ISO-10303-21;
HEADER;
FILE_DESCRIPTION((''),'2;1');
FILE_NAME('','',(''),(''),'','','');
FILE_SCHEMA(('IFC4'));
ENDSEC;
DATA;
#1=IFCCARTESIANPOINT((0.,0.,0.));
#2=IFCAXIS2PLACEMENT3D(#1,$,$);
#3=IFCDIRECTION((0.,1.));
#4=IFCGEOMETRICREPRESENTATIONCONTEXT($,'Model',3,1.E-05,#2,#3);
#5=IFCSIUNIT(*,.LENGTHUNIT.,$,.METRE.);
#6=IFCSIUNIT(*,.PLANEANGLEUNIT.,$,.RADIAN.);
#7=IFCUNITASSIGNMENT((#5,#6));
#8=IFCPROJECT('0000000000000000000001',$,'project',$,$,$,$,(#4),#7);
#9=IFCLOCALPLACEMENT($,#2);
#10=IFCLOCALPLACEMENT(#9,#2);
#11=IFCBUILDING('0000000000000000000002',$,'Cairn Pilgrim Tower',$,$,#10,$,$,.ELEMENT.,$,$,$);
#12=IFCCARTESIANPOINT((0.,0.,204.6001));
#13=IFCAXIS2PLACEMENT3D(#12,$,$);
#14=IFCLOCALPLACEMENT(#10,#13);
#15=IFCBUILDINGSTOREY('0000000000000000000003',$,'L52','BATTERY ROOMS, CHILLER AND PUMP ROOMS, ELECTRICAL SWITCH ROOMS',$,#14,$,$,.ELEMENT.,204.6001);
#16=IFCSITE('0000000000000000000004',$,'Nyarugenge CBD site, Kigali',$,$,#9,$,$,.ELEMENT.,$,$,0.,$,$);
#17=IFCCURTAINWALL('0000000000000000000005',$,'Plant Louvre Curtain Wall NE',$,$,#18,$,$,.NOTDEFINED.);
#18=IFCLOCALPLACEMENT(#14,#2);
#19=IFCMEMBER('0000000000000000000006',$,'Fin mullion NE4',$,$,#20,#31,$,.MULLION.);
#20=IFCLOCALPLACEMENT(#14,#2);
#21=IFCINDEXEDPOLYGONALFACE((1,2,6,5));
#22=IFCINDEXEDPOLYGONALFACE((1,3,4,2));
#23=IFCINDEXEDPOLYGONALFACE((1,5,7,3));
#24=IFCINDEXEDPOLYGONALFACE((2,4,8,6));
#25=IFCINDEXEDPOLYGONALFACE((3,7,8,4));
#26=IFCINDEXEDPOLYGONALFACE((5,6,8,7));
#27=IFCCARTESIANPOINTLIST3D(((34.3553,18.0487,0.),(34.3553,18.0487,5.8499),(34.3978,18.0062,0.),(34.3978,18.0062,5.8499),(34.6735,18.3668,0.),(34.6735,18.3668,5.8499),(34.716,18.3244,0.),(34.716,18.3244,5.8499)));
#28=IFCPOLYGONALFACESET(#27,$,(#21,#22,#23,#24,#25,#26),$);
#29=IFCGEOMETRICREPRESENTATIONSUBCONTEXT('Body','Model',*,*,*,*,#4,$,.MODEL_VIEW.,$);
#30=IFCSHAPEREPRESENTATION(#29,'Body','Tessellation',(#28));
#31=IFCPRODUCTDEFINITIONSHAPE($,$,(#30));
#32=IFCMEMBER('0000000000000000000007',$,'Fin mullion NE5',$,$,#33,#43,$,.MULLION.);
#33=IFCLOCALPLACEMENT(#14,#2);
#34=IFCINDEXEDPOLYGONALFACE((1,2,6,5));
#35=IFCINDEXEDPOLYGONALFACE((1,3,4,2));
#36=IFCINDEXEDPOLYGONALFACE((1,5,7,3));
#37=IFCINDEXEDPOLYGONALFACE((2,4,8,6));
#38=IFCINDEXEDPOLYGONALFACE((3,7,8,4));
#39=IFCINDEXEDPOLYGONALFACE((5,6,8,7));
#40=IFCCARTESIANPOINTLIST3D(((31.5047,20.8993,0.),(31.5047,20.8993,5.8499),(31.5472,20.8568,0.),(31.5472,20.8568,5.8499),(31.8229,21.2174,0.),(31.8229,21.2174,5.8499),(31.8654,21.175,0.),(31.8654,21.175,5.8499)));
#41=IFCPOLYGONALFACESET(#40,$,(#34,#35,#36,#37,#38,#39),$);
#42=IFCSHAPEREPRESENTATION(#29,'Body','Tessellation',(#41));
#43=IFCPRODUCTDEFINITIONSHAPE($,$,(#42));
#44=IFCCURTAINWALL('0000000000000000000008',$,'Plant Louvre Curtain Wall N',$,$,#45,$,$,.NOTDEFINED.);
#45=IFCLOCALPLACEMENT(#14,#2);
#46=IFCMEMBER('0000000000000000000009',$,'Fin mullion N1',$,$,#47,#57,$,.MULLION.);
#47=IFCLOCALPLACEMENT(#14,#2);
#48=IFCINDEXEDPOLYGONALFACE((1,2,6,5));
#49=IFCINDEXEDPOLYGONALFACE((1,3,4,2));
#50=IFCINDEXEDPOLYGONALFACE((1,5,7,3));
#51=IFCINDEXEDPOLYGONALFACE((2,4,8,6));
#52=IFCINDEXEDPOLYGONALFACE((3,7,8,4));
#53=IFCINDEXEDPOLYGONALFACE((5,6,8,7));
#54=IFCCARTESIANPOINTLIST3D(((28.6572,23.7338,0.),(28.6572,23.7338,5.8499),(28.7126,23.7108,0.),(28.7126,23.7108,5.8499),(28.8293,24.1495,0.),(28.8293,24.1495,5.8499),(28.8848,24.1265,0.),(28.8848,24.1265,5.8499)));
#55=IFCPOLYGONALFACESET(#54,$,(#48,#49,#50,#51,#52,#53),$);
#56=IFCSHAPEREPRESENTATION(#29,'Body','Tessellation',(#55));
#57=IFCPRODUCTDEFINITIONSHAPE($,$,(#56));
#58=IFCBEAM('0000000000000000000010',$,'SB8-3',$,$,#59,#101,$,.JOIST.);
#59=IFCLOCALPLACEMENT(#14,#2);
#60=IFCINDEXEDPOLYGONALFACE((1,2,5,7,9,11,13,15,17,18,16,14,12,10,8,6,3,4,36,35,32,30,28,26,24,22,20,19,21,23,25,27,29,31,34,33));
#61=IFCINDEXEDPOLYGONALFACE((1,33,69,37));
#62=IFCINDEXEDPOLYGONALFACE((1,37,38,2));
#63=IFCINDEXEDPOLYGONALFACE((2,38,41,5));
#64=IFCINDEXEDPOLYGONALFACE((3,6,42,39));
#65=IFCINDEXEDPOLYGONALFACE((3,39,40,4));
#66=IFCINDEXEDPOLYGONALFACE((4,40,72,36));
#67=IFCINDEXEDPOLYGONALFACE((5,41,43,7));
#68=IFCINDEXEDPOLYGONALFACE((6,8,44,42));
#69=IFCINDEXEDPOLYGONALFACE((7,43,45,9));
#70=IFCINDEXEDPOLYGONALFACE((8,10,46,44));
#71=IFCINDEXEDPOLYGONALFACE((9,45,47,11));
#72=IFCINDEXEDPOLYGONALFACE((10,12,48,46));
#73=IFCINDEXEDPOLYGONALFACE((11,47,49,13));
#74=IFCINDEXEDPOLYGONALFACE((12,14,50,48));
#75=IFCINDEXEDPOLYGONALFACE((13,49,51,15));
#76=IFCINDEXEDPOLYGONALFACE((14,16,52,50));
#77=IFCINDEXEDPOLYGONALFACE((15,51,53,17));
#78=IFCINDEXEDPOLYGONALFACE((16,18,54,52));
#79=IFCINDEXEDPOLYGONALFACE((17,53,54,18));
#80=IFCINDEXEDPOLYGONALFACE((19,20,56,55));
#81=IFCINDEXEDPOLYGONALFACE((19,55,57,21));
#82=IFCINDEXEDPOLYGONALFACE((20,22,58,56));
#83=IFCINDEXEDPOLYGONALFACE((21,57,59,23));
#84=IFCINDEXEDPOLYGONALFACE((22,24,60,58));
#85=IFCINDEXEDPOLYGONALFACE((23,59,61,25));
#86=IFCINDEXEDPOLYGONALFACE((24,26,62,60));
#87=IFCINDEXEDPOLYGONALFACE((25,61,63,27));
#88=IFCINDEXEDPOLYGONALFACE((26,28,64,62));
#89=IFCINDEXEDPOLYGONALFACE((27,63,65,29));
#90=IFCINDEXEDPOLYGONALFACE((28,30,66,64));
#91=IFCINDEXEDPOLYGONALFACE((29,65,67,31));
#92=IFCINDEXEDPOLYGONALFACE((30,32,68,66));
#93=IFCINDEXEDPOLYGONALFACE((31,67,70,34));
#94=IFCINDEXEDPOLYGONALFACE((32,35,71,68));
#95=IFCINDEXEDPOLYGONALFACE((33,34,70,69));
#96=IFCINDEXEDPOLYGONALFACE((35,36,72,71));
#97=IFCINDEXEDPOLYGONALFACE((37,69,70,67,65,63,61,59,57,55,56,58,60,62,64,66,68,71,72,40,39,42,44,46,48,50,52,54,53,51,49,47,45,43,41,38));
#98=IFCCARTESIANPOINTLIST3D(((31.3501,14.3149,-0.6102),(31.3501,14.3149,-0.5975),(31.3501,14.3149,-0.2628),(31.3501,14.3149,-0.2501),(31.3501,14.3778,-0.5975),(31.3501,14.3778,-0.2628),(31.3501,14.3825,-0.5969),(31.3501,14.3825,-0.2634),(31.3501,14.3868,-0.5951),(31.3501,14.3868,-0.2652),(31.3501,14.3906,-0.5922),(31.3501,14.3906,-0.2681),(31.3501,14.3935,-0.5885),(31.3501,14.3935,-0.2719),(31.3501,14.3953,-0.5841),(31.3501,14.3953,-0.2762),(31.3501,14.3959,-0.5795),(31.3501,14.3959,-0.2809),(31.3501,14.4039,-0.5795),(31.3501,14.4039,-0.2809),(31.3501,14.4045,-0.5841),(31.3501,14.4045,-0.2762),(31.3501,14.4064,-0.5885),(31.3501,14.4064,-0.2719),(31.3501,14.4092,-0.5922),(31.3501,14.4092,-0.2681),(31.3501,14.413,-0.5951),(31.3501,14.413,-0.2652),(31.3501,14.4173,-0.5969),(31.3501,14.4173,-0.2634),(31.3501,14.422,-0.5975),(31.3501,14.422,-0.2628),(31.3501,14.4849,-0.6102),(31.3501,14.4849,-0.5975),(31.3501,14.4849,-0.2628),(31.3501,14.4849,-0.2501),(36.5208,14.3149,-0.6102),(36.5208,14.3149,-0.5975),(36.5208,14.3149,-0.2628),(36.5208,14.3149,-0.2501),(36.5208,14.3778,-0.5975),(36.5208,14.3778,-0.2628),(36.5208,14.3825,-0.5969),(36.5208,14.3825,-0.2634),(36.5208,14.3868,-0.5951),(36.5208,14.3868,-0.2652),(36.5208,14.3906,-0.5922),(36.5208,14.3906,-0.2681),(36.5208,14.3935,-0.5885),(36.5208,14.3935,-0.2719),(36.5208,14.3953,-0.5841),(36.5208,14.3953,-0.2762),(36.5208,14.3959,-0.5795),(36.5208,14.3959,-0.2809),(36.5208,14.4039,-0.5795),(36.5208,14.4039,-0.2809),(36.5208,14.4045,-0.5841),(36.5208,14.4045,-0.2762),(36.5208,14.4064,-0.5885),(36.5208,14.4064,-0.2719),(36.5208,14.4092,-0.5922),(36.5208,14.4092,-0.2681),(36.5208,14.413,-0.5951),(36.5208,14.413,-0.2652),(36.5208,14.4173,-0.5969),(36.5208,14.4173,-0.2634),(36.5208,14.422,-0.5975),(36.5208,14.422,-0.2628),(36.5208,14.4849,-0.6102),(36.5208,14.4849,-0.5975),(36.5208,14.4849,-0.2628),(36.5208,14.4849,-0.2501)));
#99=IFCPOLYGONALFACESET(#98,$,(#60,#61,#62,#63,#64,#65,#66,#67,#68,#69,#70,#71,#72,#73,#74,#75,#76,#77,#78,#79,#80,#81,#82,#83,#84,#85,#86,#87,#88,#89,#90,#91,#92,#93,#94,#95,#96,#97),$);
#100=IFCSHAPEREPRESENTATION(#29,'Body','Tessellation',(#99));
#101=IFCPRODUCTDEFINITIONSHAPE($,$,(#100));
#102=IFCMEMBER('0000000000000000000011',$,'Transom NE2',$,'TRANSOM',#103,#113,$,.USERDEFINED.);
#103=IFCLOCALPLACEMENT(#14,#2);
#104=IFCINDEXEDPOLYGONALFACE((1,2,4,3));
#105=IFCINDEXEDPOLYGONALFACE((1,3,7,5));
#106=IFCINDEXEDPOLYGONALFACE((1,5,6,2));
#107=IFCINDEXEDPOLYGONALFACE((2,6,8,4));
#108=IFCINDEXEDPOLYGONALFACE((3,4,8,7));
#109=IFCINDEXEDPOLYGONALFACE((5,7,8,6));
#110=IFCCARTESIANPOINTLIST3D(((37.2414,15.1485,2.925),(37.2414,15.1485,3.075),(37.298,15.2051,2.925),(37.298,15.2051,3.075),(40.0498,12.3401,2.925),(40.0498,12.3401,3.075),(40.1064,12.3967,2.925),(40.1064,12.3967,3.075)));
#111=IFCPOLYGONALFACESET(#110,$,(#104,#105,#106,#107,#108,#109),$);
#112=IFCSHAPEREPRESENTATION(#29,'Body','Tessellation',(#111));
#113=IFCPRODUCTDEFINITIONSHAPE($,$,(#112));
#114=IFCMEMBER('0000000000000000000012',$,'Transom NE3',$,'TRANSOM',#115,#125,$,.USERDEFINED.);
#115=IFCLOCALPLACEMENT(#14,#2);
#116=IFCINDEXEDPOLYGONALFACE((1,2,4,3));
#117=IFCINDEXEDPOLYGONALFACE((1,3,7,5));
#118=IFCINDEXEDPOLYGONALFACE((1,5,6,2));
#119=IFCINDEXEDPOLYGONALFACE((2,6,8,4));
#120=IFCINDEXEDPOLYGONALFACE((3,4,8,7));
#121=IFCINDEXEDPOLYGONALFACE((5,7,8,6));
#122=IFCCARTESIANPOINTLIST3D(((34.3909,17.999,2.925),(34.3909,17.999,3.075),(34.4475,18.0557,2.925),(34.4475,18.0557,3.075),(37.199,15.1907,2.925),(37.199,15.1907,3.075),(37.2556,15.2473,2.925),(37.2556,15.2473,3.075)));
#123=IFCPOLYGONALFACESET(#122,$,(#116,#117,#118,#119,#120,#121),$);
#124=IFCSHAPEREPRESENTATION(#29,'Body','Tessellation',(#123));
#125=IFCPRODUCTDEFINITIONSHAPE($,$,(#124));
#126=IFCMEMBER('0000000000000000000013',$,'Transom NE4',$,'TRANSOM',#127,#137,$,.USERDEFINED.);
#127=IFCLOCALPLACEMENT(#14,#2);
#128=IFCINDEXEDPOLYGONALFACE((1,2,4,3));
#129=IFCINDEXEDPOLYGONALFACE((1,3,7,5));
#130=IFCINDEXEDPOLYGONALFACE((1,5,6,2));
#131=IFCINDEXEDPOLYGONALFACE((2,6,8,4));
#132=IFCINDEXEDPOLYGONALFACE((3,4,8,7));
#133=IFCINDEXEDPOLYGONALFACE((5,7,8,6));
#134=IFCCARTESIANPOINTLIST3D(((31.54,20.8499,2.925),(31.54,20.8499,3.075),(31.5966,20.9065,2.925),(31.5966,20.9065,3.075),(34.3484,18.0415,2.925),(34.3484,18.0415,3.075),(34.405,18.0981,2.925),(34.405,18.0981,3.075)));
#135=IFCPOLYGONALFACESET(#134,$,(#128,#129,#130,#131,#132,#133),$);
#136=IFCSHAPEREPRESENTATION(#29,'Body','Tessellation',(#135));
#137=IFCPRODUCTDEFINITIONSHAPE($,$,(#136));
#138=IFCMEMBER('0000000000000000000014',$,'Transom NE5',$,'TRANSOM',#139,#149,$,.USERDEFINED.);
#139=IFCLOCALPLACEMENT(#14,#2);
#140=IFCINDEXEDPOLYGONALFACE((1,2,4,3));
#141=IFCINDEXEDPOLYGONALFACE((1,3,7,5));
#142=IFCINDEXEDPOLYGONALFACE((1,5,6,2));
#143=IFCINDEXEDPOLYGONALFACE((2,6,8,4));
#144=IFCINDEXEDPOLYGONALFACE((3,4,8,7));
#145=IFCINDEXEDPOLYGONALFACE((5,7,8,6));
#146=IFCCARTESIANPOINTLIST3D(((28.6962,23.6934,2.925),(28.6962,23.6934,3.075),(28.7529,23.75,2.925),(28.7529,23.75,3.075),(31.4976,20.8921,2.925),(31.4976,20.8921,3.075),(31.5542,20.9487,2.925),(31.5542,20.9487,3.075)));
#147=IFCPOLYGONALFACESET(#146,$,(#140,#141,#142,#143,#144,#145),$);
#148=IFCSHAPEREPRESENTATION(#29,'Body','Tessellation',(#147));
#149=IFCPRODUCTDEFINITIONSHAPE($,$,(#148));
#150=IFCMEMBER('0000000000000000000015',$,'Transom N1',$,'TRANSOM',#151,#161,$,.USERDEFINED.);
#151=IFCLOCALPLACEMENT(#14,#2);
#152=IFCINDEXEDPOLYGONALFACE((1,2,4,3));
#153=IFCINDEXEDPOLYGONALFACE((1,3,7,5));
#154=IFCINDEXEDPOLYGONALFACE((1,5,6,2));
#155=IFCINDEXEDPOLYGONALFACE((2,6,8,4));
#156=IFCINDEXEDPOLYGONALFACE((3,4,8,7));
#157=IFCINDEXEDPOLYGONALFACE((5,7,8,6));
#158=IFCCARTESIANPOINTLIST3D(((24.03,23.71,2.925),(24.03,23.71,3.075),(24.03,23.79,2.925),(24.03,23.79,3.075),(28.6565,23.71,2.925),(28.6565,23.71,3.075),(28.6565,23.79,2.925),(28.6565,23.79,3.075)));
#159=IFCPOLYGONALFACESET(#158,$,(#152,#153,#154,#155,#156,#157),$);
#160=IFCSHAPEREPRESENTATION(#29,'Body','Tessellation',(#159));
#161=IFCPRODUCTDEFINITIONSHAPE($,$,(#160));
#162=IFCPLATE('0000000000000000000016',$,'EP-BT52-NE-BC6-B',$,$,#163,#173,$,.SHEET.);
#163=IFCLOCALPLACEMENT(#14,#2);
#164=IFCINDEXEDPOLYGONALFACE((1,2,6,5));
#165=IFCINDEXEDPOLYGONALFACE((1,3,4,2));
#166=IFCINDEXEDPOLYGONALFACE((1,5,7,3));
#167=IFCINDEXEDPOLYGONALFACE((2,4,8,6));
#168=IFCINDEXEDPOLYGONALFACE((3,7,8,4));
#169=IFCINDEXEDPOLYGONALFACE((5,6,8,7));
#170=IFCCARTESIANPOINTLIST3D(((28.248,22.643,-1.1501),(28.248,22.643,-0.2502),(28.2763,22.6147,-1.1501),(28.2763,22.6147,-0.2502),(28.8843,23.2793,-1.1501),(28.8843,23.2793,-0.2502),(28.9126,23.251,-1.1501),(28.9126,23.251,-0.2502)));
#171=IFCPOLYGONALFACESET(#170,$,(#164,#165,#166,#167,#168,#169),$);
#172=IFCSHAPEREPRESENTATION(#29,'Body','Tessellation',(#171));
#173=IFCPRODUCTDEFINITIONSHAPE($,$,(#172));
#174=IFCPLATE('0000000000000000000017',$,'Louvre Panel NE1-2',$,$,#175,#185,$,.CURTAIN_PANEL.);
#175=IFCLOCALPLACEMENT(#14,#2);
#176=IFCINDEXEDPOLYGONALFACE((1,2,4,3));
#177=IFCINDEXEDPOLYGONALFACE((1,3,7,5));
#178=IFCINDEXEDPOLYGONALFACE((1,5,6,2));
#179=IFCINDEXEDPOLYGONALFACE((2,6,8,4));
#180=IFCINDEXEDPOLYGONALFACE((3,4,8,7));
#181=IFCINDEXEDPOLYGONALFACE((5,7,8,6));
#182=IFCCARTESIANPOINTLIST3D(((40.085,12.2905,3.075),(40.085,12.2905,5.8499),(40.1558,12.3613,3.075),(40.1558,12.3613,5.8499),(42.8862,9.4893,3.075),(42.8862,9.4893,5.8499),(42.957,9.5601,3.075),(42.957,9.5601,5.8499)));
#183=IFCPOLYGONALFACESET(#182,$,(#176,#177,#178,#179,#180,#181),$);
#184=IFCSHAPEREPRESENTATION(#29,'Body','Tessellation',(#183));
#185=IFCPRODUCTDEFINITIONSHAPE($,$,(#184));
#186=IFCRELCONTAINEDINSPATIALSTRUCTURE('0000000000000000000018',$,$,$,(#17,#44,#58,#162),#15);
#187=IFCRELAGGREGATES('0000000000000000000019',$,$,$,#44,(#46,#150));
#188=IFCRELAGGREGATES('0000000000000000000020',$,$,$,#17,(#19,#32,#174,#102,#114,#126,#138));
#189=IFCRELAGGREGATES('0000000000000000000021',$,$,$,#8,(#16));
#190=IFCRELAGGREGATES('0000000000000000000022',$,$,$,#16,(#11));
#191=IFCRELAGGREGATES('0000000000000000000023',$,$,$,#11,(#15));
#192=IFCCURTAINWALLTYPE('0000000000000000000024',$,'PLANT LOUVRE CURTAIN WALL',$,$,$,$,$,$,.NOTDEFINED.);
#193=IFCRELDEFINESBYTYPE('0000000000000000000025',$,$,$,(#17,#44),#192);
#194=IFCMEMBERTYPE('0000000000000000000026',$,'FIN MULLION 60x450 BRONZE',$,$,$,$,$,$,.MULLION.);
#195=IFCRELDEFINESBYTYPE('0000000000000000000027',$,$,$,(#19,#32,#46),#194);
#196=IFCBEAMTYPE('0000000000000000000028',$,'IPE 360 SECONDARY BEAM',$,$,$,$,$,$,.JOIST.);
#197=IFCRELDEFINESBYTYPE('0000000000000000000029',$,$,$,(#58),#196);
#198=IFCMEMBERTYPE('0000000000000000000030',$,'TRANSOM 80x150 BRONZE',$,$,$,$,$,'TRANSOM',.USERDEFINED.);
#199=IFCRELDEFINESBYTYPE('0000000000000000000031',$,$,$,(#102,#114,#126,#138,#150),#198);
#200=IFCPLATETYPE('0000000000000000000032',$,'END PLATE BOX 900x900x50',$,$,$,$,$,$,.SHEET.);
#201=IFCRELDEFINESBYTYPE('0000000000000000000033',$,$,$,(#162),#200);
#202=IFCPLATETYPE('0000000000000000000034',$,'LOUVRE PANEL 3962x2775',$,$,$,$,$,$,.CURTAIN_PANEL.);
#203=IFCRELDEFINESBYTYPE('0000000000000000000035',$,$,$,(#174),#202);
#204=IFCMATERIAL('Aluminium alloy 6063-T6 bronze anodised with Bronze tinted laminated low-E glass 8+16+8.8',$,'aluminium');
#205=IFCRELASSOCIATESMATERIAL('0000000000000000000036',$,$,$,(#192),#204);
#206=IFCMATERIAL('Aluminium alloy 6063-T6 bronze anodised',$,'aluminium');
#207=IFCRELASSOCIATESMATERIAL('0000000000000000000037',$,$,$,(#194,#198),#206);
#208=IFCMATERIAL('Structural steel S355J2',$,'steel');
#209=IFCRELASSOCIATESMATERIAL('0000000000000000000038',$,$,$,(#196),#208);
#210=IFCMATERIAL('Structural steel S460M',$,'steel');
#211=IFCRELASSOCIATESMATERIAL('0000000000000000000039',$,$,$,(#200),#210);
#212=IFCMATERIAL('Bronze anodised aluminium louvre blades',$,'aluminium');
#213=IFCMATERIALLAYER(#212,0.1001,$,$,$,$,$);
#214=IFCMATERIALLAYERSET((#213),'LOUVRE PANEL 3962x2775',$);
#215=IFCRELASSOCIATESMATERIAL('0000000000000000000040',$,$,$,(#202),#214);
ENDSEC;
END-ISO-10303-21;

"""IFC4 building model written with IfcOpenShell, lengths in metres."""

from ifc_helpers import new_model, si_unit, direction, frame, origin, origin_2d, place, context, subcontext, project, spatial, rectangle, i_section, extrude, material, layer, layer_set, material_profile, profile_set, type_object, element, aggregate, save


model = new_model("IFC4")

# Units and contexts
model_context = context("Model", 3, precision=1e-05, world=origin(), true_north=direction((0.0, 1.0)))
body_context = subcontext(model_context, "Body", "Model", "MODEL_VIEW")
ifc_project = project(units=[si_unit("LENGTHUNIT", "METRE"), si_unit("PLANEANGLEUNIT", "RADIAN")], contexts=[model_context])

# Site, building, storey
site_placement = place(None, origin())
site = spatial("IfcSite", under=ifc_project, at=site_placement, Name="Nyarugenge CBD site, Kigali", CompositionType="ELEMENT", RefElevation=0.0)
building_placement = place(site_placement, origin())
building = spatial("IfcBuilding", under=site, at=building_placement, Name="Cairn Pilgrim Tower", CompositionType="ELEMENT")
storey_placement = place(building_placement, frame((0.0, 0.0, 204.6001)))
storey = spatial("IfcBuildingStorey", under=building, at=storey_placement, Name="L52", Description="BATTERY ROOMS, CHILLER AND PUMP ROOMS, ELECTRICAL SWITCH ROOMS", CompositionType="ELEMENT", Elevation=204.6001)

# Shared definitions
ifc_material_1 = material(Name="Structural steel S460M", Category="steel")

# Curtain wall, members
ifc_material_2 = material(Name="Aluminium alloy 6063-T6 bronze anodised with Bronze tinted laminated low-E glass 8+16+8.8", Category="aluminium")
curtain_wall_type = type_object("IfcCurtainWallType", Name="PLANT LOUVRE CURTAIN WALL", PredefinedType="NOTDEFINED", material=ifc_material_2)
curtain_wall_1_placement = place(storey_placement, origin())
curtain_wall_1 = element("IfcCurtainWall", 1, at=curtain_wall_1_placement, inside=storey, type_object=curtain_wall_type, Name="Plant Louvre Curtain Wall NE", PredefinedType="NOTDEFINED")
ifc_material_3 = material(Name="Aluminium alloy 6063-T6 bronze anodised", Category="aluminium")
ifc_material_profile_1 = material_profile(ifc_material_3, rectangle(XDim=0.45, YDim=0.0601, at=origin_2d()), Name="FIN MULLION 60x450 BRONZE")
ifc_profile_set_1 = profile_set([ifc_material_profile_1], Name="Aluminium alloy 6063-T6 bronze anodised")
member_type_1 = type_object("IfcMemberType", Name="FIN MULLION 60x450 BRONZE", PredefinedType="MULLION", material=ifc_profile_set_1)
member_1_placement = place(storey_placement, frame((34.5356, 18.1865, 0.0), z_axis=(0.0, 0.0, 1.0), x_axis=(0.707107, 0.707107, 0.0)))
member_1 = element("IfcMember", 2, at=member_1_placement, type_object=member_type_1, Name="Fin mullion NE4", PredefinedType="MULLION", context=body_context, shape_type="SweptSolid", body=[
    extrude(rectangle(XDim=0.45, YDim=0.0601, at=origin_2d()), origin(), (0.0, 0.0, 1.0), 5.8499),
])
member_2_placement = place(storey_placement, frame((31.6851, 21.0371, 0.0), z_axis=(0.0, 0.0, 1.0), x_axis=(0.707107, 0.707107, 0.0)))
member_2 = element("IfcMember", 3, at=member_2_placement, type_object=member_type_1, Name="Fin mullion NE5", PredefinedType="MULLION", context=body_context, shape_type="SweptSolid", body=[
    extrude(rectangle(XDim=0.45, YDim=0.0601, at=origin_2d()), origin(), (0.0, 0.0, 1.0), 5.8499),
])

# Curtain wall, member
curtain_wall_2_placement = place(storey_placement, origin())
curtain_wall_2 = element("IfcCurtainWall", 4, at=curtain_wall_2_placement, inside=storey, type_object=curtain_wall_type, Name="Plant Louvre Curtain Wall N", PredefinedType="NOTDEFINED")
member_3_placement = place(storey_placement, frame((28.771, 23.9302, 0.0), z_axis=(0.0, 0.0, 1.0), x_axis=(0.382683, 0.92388, 0.0)))
member_3 = element("IfcMember", 5, at=member_3_placement, type_object=member_type_1, Name="Fin mullion N1", PredefinedType="MULLION", context=body_context, shape_type="SweptSolid", body=[
    extrude(rectangle(XDim=0.45, YDim=0.0601, at=origin_2d()), origin(), (0.0, 0.0, 1.0), 5.8499),
])

# Beam
ifc_material_4 = material(Name="Structural steel S355J2", Category="steel")
ifc_material_profile_2 = material_profile(ifc_material_4, i_section(OverallWidth=0.1699, OverallDepth=0.3601, WebThickness=0.0081, FlangeThickness=0.0127, FilletRadius=0.0181, at=origin_2d()), Name="IPE 360")
ifc_profile_set_2 = profile_set([ifc_material_profile_2], Name="Structural steel S355J2")
beam_type_1 = type_object("IfcBeamType", Name="IPE 360 SECONDARY BEAM", PredefinedType="JOIST", material=ifc_profile_set_2)
beam_1_placement = place(storey_placement, frame((31.3501, 14.3999, -0.4302), z_axis=(1.0, 0.0, 0.0), x_axis=(0.0, 1.0, 0.0)))
element("IfcBeam", 6, at=beam_1_placement, inside=storey, type_object=beam_type_1, Name="SB8-3", PredefinedType="JOIST", context=body_context, shape_type="SweptSolid", body=[
    extrude(i_section(OverallWidth=0.1699, OverallDepth=0.3601, WebThickness=0.0081, FlangeThickness=0.0127, FilletRadius=0.0181, at=origin_2d()), origin(), (0.0, 0.0, 1.0), 5.1707),
])

# Members
ifc_material_profile_3 = material_profile(ifc_material_3, rectangle(XDim=0.0801, YDim=0.1499, at=origin_2d()), Name="TRANSOM 80x150 BRONZE")
ifc_profile_set_3 = profile_set([ifc_material_profile_3], Name="Aluminium alloy 6063-T6 bronze anodised")
member_type_2 = type_object("IfcMemberType", Name="TRANSOM 80x150 BRONZE", ElementType="TRANSOM", PredefinedType="USERDEFINED", material=ifc_profile_set_3)
member_4_placement = place(storey_placement, frame((40.0781, 12.3684, 3.0), z_axis=(-0.707107, 0.707107, 0.0), x_axis=(-0.707107, -0.707107, 0.0)))
member_4 = element("IfcMember", 7, at=member_4_placement, type_object=member_type_2, Name="Transom NE2", ObjectType="TRANSOM", PredefinedType="USERDEFINED", context=body_context, shape_type="SweptSolid", body=[
    extrude(rectangle(XDim=0.0801, YDim=0.1499, at=origin_2d()), origin(), (0.0, 0.0, 1.0), 3.9717),
])
member_5_placement = place(storey_placement, frame((37.2273, 15.219, 3.0), z_axis=(-0.707076, 0.707138, 0.0), x_axis=(-0.707138, -0.707076, 0.0)))
member_5 = element("IfcMember", 8, at=member_5_placement, type_object=member_type_2, Name="Transom NE3", ObjectType="TRANSOM", PredefinedType="USERDEFINED", context=body_context, shape_type="SweptSolid", body=[
    extrude(rectangle(XDim=0.0801, YDim=0.1499, at=origin_2d()), origin(), (0.0, 0.0, 1.0), 3.9714),
])
member_6_placement = place(storey_placement, frame((34.3767, 18.0698, 3.0), z_axis=(-0.707107, 0.707107, 0.0), x_axis=(-0.707107, -0.707107, 0.0)))
member_6 = element("IfcMember", 9, at=member_6_placement, type_object=member_type_2, Name="Transom NE4", ObjectType="TRANSOM", PredefinedType="USERDEFINED", context=body_context, shape_type="SweptSolid", body=[
    extrude(rectangle(XDim=0.0801, YDim=0.1499, at=origin_2d()), origin(), (0.0, 0.0, 1.0), 3.9717),
])
member_7_placement = place(storey_placement, frame((31.5259, 20.9204, 3.0), z_axis=(-0.707107, 0.707107, 0.0), x_axis=(-0.707107, -0.707107, 0.0)))
member_7 = element("IfcMember", 10, at=member_7_placement, type_object=member_type_2, Name="Transom NE5", ObjectType="TRANSOM", PredefinedType="USERDEFINED", context=body_context, shape_type="SweptSolid", body=[
    extrude(rectangle(XDim=0.0801, YDim=0.1499, at=origin_2d()), origin(), (0.0, 0.0, 1.0), 3.9617),
])
member_8_placement = place(storey_placement, frame((28.6565, 23.75, 3.0), z_axis=(-1.0, 0.0, 0.0), x_axis=(0.0, -1.0, 0.0)))
member_8 = element("IfcMember", 11, at=member_8_placement, type_object=member_type_2, Name="Transom N1", ObjectType="TRANSOM", PredefinedType="USERDEFINED", context=body_context, shape_type="SweptSolid", body=[
    extrude(rectangle(XDim=0.0801, YDim=0.1499, at=origin_2d()), origin(), (0.0, 0.0, 1.0), 4.6265),
])
aggregate(curtain_wall_2, [member_3, member_8])

# Plates
ifc_material_profile_4 = material_profile(ifc_material_1, rectangle(XDim=0.8999, YDim=0.8999, at=origin_2d()), Name="END PLATE BOX 900x900x50")
ifc_profile_set_4 = profile_set([ifc_material_profile_4], Name="Structural steel S460M")
plate_type_1 = type_object("IfcPlateType", Name="END PLATE BOX 900x900x50", PredefinedType="SHEET", material=ifc_profile_set_4)
plate_1_placement = place(storey_placement, frame((28.5945, 22.9329, -0.7002), z_axis=(-0.707107, 0.707107, 0.0), x_axis=(-0.707107, -0.707107, 0.0)))
element("IfcPlate", 12, at=plate_1_placement, inside=storey, type_object=plate_type_1, Name="EP-BT52-NE-BC6-B", PredefinedType="SHEET", context=body_context, shape_type="SweptSolid", body=[
    extrude(rectangle(XDim=0.8999, YDim=0.8999, at=origin_2d()), origin(), (0.0, 0.0, 1.0), 0.04),
])
ifc_material_5 = material(Name="Bronze anodised aluminium louvre blades", Category="aluminium")
ifc_layer_1 = layer(ifc_material_5, 0.1001)
ifc_layer_set_1 = layer_set([ifc_layer_1], Name="LOUVRE PANEL 3962x2775")
plate_type_2 = type_object("IfcPlateType", Name="LOUVRE PANEL 3962x2775", PredefinedType="CURTAIN_PANEL", material=ifc_layer_set_1)
plate_2_placement = place(storey_placement, frame((41.521, 10.9253, 3.075), z_axis=(0.0, 0.0, 1.0), x_axis=(-0.707107, 0.707107, 0.0)))
plate_2 = element("IfcPlate", 13, at=plate_2_placement, type_object=plate_type_2, Name="Louvre Panel NE1-2", PredefinedType="CURTAIN_PANEL", context=body_context, shape_type="SweptSolid", body=[
    extrude(rectangle(XDim=3.9614, YDim=0.1001, at=origin_2d()), origin(), (0.0, 0.0, 1.0), 2.7749),
])
aggregate(curtain_wall_1, [member_1, member_2, plate_2, member_4, member_5, member_6, member_7])

save(model, "model.ifc")
